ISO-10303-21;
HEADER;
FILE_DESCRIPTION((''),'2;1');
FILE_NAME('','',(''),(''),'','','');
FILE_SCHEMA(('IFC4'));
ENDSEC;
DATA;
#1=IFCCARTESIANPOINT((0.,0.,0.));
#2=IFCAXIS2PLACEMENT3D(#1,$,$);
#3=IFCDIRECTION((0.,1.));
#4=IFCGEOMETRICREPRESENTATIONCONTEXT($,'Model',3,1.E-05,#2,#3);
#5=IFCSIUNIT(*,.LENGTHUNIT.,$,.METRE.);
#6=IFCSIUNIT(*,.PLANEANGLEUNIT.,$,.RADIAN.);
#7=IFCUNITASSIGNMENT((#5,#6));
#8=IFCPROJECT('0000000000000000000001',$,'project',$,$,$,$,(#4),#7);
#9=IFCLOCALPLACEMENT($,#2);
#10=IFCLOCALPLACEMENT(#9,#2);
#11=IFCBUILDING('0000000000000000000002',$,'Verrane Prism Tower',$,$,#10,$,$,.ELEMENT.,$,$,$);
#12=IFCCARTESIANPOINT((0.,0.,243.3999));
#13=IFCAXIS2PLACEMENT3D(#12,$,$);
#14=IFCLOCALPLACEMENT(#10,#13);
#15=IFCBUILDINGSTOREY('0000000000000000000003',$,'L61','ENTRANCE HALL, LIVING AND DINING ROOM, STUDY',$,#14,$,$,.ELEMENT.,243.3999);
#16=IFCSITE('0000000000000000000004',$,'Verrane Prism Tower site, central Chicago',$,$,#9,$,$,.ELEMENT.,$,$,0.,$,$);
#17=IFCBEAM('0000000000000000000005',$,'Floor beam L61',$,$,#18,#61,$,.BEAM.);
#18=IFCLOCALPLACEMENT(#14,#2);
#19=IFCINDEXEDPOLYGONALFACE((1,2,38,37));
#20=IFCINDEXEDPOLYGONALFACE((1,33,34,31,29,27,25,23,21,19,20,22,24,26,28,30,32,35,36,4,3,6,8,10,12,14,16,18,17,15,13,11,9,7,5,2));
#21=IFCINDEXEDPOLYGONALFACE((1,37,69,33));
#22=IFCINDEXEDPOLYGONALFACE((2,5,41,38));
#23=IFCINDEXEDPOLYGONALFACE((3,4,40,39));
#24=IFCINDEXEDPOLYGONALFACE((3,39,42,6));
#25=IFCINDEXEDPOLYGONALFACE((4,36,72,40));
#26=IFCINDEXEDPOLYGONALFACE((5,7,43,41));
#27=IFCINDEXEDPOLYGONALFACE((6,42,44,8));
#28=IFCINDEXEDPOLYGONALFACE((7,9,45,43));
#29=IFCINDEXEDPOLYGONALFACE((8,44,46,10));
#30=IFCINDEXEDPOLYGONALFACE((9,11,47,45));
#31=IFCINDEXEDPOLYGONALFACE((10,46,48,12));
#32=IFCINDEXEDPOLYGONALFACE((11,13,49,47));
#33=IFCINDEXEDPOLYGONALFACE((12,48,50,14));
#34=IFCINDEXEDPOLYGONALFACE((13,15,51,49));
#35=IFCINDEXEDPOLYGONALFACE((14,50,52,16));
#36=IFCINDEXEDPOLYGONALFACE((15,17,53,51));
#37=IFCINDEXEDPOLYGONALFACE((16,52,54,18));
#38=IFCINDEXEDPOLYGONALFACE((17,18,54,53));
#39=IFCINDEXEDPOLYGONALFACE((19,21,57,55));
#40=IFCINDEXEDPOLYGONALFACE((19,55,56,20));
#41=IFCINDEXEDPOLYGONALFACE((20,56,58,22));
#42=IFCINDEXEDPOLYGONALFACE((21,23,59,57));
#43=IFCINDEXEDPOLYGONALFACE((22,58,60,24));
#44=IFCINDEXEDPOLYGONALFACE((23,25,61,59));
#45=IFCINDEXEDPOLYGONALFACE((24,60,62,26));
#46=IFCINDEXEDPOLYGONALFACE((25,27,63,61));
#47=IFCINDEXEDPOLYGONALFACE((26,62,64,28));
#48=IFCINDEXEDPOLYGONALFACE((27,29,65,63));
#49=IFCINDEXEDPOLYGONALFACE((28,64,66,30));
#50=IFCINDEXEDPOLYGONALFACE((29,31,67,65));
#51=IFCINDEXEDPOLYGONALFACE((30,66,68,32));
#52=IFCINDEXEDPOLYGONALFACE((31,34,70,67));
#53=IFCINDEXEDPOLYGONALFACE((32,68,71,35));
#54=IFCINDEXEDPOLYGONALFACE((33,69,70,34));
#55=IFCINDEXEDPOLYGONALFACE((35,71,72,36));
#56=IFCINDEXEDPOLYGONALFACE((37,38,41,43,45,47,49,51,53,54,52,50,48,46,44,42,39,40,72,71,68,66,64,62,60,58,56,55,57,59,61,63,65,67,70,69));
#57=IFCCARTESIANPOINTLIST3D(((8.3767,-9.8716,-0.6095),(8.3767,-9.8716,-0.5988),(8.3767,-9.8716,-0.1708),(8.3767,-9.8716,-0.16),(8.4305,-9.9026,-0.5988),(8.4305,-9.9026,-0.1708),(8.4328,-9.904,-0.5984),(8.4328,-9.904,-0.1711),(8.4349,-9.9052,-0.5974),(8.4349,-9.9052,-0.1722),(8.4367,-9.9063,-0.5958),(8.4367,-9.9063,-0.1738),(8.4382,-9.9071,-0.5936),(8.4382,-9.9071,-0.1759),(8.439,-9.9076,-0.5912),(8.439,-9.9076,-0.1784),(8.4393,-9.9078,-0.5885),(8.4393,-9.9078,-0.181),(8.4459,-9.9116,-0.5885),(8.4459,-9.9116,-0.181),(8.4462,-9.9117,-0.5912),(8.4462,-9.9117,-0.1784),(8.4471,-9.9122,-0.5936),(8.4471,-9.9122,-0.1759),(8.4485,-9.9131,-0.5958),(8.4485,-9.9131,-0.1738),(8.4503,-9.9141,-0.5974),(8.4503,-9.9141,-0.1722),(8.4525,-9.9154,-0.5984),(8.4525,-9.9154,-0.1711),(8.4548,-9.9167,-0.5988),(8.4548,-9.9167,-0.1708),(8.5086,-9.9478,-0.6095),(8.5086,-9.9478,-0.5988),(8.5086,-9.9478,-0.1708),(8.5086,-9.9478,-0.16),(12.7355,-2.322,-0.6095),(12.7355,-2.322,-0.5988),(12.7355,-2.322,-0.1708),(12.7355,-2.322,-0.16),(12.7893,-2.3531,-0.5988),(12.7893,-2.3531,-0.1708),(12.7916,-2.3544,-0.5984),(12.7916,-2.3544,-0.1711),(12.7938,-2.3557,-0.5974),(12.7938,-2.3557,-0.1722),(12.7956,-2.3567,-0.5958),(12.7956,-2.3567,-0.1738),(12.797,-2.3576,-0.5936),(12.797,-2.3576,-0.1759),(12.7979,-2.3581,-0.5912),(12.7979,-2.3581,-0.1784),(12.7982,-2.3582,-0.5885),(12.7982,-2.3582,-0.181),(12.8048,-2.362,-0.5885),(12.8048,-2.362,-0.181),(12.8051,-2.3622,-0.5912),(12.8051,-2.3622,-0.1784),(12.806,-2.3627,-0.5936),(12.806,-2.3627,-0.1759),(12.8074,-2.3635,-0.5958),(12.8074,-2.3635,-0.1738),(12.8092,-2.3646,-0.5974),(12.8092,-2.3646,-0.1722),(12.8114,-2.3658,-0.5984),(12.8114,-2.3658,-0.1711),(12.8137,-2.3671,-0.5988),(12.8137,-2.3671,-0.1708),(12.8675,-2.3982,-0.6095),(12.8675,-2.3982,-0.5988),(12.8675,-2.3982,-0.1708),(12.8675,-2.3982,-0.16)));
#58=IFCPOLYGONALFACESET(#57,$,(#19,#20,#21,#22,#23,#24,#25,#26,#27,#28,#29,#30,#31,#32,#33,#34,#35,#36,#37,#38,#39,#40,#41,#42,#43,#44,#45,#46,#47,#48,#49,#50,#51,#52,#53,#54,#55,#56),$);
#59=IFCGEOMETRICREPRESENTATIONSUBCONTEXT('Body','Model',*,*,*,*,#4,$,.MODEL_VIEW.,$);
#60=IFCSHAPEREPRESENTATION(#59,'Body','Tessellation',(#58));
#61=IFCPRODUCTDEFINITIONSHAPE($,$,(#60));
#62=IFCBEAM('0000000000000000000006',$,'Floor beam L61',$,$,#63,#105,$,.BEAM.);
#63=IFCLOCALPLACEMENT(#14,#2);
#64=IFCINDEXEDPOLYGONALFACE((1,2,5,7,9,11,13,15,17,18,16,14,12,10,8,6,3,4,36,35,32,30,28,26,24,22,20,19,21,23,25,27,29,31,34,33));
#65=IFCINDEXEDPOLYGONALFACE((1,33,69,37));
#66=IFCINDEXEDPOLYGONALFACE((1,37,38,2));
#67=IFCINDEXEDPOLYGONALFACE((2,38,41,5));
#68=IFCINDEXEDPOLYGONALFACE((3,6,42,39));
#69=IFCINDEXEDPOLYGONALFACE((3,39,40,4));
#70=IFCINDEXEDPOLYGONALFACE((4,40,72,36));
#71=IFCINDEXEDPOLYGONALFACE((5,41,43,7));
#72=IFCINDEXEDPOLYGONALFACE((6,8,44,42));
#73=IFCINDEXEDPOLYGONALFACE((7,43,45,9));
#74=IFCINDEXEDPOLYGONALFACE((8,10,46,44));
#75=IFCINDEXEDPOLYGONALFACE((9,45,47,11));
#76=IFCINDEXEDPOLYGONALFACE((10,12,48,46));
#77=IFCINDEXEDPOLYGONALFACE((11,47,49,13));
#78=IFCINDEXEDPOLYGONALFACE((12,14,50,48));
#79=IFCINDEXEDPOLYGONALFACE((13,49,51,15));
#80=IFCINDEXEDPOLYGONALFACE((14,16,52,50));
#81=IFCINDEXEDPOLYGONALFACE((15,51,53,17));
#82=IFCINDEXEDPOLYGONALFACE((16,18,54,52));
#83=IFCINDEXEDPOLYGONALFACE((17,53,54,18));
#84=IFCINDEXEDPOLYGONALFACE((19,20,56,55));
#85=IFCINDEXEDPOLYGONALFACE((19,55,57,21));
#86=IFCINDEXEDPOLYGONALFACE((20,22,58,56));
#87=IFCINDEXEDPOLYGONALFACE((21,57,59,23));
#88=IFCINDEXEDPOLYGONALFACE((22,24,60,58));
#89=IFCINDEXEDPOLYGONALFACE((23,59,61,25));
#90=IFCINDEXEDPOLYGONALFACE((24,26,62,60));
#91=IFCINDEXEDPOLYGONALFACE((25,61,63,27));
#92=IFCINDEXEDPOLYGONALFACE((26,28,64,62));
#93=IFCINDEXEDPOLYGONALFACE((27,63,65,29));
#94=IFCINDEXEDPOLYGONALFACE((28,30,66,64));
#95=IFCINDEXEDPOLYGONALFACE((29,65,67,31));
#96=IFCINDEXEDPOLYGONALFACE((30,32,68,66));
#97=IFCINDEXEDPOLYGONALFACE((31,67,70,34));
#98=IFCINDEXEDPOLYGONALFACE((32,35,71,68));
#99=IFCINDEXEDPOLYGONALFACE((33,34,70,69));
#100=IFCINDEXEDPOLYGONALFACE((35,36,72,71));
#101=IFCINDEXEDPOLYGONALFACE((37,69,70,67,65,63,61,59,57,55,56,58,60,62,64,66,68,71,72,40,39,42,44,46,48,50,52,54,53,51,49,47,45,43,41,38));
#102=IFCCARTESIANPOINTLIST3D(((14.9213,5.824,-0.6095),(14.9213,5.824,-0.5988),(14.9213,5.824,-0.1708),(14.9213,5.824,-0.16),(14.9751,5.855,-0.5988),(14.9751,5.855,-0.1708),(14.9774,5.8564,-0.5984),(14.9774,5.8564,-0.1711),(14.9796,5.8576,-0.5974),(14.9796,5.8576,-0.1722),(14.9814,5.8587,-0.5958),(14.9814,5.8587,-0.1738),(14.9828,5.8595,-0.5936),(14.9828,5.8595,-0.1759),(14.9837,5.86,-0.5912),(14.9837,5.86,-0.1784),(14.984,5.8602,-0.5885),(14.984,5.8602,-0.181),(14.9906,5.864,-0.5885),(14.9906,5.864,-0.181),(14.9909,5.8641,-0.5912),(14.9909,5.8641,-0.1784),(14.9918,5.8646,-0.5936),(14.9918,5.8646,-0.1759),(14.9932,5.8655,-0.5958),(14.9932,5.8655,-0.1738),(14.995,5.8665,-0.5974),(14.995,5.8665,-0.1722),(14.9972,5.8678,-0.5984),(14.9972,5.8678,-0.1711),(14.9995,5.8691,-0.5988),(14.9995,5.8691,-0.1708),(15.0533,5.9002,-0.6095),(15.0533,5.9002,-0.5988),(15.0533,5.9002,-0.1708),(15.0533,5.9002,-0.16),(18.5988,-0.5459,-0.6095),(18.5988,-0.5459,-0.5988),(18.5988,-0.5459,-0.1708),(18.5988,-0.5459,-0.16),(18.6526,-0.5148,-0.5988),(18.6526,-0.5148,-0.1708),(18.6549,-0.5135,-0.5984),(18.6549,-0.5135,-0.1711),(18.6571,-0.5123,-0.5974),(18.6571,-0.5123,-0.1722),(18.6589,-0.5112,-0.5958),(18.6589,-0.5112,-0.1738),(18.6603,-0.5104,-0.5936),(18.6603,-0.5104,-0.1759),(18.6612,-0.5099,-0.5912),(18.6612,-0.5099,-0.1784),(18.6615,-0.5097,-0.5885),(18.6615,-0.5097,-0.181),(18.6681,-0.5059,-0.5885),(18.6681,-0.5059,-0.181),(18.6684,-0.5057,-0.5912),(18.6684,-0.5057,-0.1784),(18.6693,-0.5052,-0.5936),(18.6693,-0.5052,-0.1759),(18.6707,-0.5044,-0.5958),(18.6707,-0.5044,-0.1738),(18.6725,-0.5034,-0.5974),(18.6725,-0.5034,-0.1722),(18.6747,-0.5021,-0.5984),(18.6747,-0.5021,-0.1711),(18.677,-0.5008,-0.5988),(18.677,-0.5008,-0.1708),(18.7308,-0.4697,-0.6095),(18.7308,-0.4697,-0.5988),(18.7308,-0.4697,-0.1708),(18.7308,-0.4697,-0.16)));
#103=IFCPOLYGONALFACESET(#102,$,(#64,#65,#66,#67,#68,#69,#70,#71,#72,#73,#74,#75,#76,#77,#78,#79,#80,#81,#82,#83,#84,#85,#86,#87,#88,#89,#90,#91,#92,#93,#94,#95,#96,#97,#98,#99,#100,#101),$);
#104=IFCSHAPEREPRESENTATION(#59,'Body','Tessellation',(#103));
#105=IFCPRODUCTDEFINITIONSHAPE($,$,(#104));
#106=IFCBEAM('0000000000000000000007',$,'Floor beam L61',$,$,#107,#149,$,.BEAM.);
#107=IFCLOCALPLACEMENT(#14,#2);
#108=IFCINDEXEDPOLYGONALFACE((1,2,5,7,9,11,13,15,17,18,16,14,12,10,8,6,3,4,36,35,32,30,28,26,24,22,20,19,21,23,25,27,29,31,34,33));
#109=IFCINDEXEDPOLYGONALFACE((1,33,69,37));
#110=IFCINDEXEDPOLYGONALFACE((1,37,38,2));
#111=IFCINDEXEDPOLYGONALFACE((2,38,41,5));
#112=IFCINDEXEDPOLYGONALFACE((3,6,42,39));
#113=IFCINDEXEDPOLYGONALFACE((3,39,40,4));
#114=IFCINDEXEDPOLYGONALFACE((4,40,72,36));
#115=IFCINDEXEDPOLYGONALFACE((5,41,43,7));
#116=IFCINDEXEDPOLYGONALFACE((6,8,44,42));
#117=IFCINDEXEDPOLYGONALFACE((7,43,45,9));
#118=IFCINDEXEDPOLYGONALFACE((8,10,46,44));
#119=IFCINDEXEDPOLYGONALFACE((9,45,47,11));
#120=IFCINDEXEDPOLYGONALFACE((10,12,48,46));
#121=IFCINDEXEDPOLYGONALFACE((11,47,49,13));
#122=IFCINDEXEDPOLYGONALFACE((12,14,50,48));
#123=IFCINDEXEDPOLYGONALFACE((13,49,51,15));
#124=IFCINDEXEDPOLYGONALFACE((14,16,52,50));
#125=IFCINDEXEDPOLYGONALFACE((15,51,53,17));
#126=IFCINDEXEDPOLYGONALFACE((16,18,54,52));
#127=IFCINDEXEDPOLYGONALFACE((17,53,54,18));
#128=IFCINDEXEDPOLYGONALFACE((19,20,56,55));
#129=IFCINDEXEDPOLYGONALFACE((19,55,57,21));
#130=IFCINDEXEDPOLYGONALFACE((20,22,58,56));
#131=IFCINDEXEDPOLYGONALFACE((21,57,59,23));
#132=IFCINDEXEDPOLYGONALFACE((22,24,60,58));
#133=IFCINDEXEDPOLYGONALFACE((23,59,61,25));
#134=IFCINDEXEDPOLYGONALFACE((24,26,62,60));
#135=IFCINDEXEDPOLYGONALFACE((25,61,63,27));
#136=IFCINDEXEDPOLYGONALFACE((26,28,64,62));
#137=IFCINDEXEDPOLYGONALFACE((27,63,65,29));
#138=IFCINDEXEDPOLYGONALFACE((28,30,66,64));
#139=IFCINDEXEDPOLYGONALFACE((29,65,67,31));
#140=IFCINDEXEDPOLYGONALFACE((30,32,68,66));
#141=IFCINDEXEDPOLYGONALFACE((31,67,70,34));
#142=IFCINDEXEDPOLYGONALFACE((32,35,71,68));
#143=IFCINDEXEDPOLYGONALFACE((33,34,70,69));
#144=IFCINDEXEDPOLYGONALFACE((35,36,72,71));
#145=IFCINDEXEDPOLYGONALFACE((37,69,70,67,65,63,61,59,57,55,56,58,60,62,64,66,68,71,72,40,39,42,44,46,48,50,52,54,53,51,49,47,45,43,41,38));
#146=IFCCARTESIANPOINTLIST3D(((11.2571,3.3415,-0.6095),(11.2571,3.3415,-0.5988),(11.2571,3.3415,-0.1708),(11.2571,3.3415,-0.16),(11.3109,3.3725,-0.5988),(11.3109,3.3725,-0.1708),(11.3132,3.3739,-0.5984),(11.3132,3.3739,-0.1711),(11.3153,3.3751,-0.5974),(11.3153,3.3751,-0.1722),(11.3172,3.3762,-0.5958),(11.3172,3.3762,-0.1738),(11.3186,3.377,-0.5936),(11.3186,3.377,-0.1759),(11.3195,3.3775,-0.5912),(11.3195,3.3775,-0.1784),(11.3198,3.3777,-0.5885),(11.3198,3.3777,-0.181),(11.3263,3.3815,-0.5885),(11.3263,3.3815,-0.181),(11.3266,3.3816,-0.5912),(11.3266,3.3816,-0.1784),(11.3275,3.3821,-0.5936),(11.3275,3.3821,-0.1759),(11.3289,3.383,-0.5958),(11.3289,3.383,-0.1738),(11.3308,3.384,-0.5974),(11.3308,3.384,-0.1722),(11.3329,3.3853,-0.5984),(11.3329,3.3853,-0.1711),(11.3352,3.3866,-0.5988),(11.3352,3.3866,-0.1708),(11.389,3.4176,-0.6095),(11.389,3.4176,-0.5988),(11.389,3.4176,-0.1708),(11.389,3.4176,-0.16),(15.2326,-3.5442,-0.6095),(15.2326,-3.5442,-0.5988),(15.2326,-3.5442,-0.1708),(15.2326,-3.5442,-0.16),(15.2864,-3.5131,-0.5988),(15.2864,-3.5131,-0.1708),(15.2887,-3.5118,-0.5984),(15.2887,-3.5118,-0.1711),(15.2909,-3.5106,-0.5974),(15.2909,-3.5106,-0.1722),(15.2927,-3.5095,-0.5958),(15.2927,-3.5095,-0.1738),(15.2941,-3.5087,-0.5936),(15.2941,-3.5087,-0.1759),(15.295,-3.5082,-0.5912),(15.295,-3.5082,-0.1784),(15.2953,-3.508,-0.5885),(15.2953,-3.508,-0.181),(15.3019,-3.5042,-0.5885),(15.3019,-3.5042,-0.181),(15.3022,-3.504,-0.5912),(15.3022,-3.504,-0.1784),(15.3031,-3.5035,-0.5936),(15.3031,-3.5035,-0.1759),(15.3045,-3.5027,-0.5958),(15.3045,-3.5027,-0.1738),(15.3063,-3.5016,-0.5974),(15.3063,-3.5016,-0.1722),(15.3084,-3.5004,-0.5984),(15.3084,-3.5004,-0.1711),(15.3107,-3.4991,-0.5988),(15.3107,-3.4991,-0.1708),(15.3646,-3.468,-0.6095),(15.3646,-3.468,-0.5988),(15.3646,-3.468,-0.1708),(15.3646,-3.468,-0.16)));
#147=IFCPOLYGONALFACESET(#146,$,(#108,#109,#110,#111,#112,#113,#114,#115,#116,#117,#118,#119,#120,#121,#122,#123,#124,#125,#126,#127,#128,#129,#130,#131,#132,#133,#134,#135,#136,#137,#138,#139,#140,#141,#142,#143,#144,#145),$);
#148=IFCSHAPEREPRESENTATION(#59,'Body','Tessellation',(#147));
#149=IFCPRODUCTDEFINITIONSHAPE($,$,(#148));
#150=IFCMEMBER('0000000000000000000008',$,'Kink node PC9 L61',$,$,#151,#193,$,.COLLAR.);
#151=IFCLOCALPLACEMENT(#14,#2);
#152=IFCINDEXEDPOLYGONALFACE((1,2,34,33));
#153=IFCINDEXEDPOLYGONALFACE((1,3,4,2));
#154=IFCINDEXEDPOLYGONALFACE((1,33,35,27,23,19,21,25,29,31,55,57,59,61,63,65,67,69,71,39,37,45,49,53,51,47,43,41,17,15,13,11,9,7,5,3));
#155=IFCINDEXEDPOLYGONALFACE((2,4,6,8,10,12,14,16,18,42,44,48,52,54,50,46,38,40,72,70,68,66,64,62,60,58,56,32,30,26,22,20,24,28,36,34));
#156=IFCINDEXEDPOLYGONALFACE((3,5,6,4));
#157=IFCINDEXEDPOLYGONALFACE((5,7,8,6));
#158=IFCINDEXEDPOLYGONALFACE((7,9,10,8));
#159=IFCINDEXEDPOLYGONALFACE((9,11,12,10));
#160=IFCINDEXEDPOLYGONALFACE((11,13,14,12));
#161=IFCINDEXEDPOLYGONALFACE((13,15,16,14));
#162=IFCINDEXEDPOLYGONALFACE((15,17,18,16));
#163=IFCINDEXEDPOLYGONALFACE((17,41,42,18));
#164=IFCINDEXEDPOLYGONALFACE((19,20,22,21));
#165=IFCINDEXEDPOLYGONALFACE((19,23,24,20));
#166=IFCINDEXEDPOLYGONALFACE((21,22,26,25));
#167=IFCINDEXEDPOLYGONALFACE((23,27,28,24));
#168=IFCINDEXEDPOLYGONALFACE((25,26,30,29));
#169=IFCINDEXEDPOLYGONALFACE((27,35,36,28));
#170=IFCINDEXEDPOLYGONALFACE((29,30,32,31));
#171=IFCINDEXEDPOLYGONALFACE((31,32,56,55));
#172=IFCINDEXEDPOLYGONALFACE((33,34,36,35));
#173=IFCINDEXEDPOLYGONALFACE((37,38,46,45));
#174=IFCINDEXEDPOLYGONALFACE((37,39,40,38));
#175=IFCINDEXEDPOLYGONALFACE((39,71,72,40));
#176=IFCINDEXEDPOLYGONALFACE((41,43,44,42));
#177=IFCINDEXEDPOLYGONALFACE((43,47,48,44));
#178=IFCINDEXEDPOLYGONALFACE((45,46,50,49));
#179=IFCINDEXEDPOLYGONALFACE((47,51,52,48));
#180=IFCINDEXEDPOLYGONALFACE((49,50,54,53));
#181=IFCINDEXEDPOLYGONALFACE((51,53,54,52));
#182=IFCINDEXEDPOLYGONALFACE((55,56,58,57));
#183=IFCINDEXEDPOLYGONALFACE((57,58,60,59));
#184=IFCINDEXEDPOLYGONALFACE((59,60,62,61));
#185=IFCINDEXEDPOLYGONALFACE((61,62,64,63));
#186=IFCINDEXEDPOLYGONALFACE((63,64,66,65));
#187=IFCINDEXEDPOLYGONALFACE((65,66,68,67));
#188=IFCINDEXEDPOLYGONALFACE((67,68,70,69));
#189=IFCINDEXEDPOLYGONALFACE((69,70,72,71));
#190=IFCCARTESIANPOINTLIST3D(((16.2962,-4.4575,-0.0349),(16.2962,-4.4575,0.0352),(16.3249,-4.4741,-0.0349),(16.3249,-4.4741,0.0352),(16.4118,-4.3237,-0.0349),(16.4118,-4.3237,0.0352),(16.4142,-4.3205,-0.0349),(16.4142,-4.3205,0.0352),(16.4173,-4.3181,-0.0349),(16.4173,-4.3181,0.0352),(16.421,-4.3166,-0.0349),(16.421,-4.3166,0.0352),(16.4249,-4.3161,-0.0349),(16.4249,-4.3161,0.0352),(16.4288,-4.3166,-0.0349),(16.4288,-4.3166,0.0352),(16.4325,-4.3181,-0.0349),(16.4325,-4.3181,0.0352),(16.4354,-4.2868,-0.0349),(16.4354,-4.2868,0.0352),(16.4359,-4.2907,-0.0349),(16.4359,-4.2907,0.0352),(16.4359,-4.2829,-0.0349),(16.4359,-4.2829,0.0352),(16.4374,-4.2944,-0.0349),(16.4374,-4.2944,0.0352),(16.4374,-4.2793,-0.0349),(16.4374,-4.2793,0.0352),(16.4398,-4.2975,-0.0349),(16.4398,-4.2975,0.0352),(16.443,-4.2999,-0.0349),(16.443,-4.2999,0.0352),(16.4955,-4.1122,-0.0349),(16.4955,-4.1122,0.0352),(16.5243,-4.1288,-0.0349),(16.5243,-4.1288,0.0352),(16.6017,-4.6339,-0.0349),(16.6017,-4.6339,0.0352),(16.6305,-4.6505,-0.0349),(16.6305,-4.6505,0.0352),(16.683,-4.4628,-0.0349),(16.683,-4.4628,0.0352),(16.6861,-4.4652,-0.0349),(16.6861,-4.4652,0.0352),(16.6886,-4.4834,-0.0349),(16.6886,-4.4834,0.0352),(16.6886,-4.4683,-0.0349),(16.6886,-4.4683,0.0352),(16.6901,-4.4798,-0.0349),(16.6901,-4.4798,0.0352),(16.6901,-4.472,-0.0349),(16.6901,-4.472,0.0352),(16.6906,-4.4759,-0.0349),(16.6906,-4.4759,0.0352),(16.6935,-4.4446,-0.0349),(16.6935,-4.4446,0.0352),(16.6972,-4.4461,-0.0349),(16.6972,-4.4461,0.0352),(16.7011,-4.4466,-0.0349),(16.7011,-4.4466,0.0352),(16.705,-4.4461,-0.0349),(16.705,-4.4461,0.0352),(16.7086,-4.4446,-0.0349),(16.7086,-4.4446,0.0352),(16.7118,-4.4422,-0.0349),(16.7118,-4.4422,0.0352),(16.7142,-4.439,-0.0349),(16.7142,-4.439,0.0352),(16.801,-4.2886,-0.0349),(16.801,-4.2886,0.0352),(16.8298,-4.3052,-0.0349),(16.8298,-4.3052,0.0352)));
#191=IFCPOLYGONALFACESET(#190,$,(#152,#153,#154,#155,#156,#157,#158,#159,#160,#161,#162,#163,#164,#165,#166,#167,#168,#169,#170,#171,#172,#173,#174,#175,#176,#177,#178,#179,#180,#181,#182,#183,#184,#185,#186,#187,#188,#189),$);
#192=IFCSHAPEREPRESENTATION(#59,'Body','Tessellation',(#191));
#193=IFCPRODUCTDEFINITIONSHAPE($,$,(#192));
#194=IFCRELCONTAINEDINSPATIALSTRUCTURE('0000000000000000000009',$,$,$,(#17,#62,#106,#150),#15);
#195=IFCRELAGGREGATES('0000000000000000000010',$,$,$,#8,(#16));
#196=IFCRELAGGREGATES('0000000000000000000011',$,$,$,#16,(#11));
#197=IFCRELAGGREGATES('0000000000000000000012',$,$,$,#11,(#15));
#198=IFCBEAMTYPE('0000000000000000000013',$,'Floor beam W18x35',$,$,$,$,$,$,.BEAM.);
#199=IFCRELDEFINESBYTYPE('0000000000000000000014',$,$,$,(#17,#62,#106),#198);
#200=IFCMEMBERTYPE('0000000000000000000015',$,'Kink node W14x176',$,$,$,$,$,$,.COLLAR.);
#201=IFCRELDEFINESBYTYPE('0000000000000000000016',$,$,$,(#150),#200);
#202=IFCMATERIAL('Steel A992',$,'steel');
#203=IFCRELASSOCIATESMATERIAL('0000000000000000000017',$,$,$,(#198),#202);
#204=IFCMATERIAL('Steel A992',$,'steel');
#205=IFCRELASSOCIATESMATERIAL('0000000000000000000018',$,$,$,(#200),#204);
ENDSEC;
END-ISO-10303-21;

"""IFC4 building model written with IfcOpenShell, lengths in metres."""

from ifc_helpers import new_model, si_unit, direction, frame, origin, origin_2d, place, context, subcontext, project, spatial, i_section, extrude, material, material_profile, profile_set, type_object, element, save


model = new_model("IFC4")

# Units and contexts
model_context = context("Model", 3, precision=1e-05, world=origin(), true_north=direction((0.0, 1.0)))
body_context = subcontext(model_context, "Body", "Model", "MODEL_VIEW")
ifc_project = project(units=[si_unit("LENGTHUNIT", "METRE"), si_unit("PLANEANGLEUNIT", "RADIAN")], contexts=[model_context])

# Site, building, storey
site_placement = place(None, origin())
site = spatial("IfcSite", under=ifc_project, at=site_placement, Name="Verrane Prism Tower site, central Chicago", CompositionType="ELEMENT", RefElevation=0.0)
building_placement = place(site_placement, origin())
building = spatial("IfcBuilding", under=site, at=building_placement, Name="Verrane Prism Tower", CompositionType="ELEMENT")
storey_placement = place(building_placement, frame((0.0, 0.0, 243.3999)))
storey = spatial("IfcBuildingStorey", under=building, at=storey_placement, Name="L61", Description="ENTRANCE HALL, LIVING AND DINING ROOM, STUDY", CompositionType="ELEMENT", Elevation=243.3999)

# Beams
ifc_material_1 = material(Name="Steel A992", Category="steel")
ifc_material_profile_1 = material_profile(ifc_material_1, i_section(OverallWidth=0.1523, OverallDepth=0.4495, WebThickness=0.0076, FlangeThickness=0.0107, FilletRadius=0.0103, at=origin_2d()), Name="W18x35")
ifc_profile_set_1 = profile_set([ifc_material_profile_1], Name="Steel A992")
beam_type_1 = type_object("IfcBeamType", Name="Floor beam W18x35", PredefinedType="BEAM", material=ifc_profile_set_1)
beam_1_placement = place(storey_placement, frame((8.4426, -9.9097, -0.3848), z_axis=(0.500013, 0.866018, 0.0), x_axis=(-0.866018, 0.500013, 0.0)))
element("IfcBeam", 1, at=beam_1_placement, inside=storey, type_object=beam_type_1, Name="Floor beam L61", PredefinedType="BEAM", context=body_context, shape_type="SweptSolid", body=[
    extrude(i_section(OverallWidth=0.1523, OverallDepth=0.4495, WebThickness=0.0076, FlangeThickness=0.0107, FilletRadius=0.0103, at=origin_2d()), origin(), (0.0, 0.0, 1.0), 8.7175),
])
beam_2_placement = place(storey_placement, frame((18.6648, -0.5078, -0.3848), z_axis=(-0.499984, 0.866035, 0.0), x_axis=(-0.866035, -0.499984, 0.0)))
element("IfcBeam", 2, at=beam_2_placement, inside=storey, type_object=beam_type_1, Name="Floor beam L61", PredefinedType="BEAM", context=body_context, shape_type="SweptSolid", body=[
    extrude(i_section(OverallWidth=0.1523, OverallDepth=0.4495, WebThickness=0.0076, FlangeThickness=0.0107, FilletRadius=0.0103, at=origin_2d()), origin(), (0.0, 0.0, 1.0), 7.3552),
])
beam_3_placement = place(storey_placement, frame((15.2986, -3.5061, -0.3848), z_axis=(-0.50001, 0.86602, 0.0), x_axis=(-0.86602, -0.50001, 0.0)))
element("IfcBeam", 3, at=beam_3_placement, inside=storey, type_object=beam_type_1, Name="Floor beam L61", PredefinedType="BEAM", context=body_context, shape_type="SweptSolid", body=[
    extrude(i_section(OverallWidth=0.1523, OverallDepth=0.4495, WebThickness=0.0076, FlangeThickness=0.0107, FilletRadius=0.0103, at=origin_2d()), origin(), (0.0, 0.0, 1.0), 7.9509),
])

# Member
ifc_material_2 = material(Name="Steel A992", Category="steel")
ifc_material_profile_2 = material_profile(ifc_material_2, i_section(OverallWidth=0.3987, OverallDepth=0.386, WebThickness=0.021, FlangeThickness=0.0332, FilletRadius=0.0151, at=origin_2d()), Name="W14x176")
ifc_profile_set_2 = profile_set([ifc_material_profile_2], Name="Steel A992")
member_type_1 = type_object("IfcMemberType", Name="Kink node W14x176", PredefinedType="COLLAR", material=ifc_profile_set_2)
member_1_placement = place(storey_placement, frame((16.563, -4.3813, -0.0349), z_axis=(0.0, 0.0, 1.0), x_axis=(-0.5, -0.866025, 0.0)))
element("IfcMember", 4, at=member_1_placement, inside=storey, type_object=member_type_1, Name="Kink node PC9 L61", PredefinedType="COLLAR", context=body_context, shape_type="SweptSolid", body=[
    extrude(i_section(OverallWidth=0.3987, OverallDepth=0.386, WebThickness=0.021, FlangeThickness=0.0332, FilletRadius=0.0151, at=origin_2d()), origin(), (0.0, 0.0, 1.0), 0.0701),
])

save(model, "model.ifc")
